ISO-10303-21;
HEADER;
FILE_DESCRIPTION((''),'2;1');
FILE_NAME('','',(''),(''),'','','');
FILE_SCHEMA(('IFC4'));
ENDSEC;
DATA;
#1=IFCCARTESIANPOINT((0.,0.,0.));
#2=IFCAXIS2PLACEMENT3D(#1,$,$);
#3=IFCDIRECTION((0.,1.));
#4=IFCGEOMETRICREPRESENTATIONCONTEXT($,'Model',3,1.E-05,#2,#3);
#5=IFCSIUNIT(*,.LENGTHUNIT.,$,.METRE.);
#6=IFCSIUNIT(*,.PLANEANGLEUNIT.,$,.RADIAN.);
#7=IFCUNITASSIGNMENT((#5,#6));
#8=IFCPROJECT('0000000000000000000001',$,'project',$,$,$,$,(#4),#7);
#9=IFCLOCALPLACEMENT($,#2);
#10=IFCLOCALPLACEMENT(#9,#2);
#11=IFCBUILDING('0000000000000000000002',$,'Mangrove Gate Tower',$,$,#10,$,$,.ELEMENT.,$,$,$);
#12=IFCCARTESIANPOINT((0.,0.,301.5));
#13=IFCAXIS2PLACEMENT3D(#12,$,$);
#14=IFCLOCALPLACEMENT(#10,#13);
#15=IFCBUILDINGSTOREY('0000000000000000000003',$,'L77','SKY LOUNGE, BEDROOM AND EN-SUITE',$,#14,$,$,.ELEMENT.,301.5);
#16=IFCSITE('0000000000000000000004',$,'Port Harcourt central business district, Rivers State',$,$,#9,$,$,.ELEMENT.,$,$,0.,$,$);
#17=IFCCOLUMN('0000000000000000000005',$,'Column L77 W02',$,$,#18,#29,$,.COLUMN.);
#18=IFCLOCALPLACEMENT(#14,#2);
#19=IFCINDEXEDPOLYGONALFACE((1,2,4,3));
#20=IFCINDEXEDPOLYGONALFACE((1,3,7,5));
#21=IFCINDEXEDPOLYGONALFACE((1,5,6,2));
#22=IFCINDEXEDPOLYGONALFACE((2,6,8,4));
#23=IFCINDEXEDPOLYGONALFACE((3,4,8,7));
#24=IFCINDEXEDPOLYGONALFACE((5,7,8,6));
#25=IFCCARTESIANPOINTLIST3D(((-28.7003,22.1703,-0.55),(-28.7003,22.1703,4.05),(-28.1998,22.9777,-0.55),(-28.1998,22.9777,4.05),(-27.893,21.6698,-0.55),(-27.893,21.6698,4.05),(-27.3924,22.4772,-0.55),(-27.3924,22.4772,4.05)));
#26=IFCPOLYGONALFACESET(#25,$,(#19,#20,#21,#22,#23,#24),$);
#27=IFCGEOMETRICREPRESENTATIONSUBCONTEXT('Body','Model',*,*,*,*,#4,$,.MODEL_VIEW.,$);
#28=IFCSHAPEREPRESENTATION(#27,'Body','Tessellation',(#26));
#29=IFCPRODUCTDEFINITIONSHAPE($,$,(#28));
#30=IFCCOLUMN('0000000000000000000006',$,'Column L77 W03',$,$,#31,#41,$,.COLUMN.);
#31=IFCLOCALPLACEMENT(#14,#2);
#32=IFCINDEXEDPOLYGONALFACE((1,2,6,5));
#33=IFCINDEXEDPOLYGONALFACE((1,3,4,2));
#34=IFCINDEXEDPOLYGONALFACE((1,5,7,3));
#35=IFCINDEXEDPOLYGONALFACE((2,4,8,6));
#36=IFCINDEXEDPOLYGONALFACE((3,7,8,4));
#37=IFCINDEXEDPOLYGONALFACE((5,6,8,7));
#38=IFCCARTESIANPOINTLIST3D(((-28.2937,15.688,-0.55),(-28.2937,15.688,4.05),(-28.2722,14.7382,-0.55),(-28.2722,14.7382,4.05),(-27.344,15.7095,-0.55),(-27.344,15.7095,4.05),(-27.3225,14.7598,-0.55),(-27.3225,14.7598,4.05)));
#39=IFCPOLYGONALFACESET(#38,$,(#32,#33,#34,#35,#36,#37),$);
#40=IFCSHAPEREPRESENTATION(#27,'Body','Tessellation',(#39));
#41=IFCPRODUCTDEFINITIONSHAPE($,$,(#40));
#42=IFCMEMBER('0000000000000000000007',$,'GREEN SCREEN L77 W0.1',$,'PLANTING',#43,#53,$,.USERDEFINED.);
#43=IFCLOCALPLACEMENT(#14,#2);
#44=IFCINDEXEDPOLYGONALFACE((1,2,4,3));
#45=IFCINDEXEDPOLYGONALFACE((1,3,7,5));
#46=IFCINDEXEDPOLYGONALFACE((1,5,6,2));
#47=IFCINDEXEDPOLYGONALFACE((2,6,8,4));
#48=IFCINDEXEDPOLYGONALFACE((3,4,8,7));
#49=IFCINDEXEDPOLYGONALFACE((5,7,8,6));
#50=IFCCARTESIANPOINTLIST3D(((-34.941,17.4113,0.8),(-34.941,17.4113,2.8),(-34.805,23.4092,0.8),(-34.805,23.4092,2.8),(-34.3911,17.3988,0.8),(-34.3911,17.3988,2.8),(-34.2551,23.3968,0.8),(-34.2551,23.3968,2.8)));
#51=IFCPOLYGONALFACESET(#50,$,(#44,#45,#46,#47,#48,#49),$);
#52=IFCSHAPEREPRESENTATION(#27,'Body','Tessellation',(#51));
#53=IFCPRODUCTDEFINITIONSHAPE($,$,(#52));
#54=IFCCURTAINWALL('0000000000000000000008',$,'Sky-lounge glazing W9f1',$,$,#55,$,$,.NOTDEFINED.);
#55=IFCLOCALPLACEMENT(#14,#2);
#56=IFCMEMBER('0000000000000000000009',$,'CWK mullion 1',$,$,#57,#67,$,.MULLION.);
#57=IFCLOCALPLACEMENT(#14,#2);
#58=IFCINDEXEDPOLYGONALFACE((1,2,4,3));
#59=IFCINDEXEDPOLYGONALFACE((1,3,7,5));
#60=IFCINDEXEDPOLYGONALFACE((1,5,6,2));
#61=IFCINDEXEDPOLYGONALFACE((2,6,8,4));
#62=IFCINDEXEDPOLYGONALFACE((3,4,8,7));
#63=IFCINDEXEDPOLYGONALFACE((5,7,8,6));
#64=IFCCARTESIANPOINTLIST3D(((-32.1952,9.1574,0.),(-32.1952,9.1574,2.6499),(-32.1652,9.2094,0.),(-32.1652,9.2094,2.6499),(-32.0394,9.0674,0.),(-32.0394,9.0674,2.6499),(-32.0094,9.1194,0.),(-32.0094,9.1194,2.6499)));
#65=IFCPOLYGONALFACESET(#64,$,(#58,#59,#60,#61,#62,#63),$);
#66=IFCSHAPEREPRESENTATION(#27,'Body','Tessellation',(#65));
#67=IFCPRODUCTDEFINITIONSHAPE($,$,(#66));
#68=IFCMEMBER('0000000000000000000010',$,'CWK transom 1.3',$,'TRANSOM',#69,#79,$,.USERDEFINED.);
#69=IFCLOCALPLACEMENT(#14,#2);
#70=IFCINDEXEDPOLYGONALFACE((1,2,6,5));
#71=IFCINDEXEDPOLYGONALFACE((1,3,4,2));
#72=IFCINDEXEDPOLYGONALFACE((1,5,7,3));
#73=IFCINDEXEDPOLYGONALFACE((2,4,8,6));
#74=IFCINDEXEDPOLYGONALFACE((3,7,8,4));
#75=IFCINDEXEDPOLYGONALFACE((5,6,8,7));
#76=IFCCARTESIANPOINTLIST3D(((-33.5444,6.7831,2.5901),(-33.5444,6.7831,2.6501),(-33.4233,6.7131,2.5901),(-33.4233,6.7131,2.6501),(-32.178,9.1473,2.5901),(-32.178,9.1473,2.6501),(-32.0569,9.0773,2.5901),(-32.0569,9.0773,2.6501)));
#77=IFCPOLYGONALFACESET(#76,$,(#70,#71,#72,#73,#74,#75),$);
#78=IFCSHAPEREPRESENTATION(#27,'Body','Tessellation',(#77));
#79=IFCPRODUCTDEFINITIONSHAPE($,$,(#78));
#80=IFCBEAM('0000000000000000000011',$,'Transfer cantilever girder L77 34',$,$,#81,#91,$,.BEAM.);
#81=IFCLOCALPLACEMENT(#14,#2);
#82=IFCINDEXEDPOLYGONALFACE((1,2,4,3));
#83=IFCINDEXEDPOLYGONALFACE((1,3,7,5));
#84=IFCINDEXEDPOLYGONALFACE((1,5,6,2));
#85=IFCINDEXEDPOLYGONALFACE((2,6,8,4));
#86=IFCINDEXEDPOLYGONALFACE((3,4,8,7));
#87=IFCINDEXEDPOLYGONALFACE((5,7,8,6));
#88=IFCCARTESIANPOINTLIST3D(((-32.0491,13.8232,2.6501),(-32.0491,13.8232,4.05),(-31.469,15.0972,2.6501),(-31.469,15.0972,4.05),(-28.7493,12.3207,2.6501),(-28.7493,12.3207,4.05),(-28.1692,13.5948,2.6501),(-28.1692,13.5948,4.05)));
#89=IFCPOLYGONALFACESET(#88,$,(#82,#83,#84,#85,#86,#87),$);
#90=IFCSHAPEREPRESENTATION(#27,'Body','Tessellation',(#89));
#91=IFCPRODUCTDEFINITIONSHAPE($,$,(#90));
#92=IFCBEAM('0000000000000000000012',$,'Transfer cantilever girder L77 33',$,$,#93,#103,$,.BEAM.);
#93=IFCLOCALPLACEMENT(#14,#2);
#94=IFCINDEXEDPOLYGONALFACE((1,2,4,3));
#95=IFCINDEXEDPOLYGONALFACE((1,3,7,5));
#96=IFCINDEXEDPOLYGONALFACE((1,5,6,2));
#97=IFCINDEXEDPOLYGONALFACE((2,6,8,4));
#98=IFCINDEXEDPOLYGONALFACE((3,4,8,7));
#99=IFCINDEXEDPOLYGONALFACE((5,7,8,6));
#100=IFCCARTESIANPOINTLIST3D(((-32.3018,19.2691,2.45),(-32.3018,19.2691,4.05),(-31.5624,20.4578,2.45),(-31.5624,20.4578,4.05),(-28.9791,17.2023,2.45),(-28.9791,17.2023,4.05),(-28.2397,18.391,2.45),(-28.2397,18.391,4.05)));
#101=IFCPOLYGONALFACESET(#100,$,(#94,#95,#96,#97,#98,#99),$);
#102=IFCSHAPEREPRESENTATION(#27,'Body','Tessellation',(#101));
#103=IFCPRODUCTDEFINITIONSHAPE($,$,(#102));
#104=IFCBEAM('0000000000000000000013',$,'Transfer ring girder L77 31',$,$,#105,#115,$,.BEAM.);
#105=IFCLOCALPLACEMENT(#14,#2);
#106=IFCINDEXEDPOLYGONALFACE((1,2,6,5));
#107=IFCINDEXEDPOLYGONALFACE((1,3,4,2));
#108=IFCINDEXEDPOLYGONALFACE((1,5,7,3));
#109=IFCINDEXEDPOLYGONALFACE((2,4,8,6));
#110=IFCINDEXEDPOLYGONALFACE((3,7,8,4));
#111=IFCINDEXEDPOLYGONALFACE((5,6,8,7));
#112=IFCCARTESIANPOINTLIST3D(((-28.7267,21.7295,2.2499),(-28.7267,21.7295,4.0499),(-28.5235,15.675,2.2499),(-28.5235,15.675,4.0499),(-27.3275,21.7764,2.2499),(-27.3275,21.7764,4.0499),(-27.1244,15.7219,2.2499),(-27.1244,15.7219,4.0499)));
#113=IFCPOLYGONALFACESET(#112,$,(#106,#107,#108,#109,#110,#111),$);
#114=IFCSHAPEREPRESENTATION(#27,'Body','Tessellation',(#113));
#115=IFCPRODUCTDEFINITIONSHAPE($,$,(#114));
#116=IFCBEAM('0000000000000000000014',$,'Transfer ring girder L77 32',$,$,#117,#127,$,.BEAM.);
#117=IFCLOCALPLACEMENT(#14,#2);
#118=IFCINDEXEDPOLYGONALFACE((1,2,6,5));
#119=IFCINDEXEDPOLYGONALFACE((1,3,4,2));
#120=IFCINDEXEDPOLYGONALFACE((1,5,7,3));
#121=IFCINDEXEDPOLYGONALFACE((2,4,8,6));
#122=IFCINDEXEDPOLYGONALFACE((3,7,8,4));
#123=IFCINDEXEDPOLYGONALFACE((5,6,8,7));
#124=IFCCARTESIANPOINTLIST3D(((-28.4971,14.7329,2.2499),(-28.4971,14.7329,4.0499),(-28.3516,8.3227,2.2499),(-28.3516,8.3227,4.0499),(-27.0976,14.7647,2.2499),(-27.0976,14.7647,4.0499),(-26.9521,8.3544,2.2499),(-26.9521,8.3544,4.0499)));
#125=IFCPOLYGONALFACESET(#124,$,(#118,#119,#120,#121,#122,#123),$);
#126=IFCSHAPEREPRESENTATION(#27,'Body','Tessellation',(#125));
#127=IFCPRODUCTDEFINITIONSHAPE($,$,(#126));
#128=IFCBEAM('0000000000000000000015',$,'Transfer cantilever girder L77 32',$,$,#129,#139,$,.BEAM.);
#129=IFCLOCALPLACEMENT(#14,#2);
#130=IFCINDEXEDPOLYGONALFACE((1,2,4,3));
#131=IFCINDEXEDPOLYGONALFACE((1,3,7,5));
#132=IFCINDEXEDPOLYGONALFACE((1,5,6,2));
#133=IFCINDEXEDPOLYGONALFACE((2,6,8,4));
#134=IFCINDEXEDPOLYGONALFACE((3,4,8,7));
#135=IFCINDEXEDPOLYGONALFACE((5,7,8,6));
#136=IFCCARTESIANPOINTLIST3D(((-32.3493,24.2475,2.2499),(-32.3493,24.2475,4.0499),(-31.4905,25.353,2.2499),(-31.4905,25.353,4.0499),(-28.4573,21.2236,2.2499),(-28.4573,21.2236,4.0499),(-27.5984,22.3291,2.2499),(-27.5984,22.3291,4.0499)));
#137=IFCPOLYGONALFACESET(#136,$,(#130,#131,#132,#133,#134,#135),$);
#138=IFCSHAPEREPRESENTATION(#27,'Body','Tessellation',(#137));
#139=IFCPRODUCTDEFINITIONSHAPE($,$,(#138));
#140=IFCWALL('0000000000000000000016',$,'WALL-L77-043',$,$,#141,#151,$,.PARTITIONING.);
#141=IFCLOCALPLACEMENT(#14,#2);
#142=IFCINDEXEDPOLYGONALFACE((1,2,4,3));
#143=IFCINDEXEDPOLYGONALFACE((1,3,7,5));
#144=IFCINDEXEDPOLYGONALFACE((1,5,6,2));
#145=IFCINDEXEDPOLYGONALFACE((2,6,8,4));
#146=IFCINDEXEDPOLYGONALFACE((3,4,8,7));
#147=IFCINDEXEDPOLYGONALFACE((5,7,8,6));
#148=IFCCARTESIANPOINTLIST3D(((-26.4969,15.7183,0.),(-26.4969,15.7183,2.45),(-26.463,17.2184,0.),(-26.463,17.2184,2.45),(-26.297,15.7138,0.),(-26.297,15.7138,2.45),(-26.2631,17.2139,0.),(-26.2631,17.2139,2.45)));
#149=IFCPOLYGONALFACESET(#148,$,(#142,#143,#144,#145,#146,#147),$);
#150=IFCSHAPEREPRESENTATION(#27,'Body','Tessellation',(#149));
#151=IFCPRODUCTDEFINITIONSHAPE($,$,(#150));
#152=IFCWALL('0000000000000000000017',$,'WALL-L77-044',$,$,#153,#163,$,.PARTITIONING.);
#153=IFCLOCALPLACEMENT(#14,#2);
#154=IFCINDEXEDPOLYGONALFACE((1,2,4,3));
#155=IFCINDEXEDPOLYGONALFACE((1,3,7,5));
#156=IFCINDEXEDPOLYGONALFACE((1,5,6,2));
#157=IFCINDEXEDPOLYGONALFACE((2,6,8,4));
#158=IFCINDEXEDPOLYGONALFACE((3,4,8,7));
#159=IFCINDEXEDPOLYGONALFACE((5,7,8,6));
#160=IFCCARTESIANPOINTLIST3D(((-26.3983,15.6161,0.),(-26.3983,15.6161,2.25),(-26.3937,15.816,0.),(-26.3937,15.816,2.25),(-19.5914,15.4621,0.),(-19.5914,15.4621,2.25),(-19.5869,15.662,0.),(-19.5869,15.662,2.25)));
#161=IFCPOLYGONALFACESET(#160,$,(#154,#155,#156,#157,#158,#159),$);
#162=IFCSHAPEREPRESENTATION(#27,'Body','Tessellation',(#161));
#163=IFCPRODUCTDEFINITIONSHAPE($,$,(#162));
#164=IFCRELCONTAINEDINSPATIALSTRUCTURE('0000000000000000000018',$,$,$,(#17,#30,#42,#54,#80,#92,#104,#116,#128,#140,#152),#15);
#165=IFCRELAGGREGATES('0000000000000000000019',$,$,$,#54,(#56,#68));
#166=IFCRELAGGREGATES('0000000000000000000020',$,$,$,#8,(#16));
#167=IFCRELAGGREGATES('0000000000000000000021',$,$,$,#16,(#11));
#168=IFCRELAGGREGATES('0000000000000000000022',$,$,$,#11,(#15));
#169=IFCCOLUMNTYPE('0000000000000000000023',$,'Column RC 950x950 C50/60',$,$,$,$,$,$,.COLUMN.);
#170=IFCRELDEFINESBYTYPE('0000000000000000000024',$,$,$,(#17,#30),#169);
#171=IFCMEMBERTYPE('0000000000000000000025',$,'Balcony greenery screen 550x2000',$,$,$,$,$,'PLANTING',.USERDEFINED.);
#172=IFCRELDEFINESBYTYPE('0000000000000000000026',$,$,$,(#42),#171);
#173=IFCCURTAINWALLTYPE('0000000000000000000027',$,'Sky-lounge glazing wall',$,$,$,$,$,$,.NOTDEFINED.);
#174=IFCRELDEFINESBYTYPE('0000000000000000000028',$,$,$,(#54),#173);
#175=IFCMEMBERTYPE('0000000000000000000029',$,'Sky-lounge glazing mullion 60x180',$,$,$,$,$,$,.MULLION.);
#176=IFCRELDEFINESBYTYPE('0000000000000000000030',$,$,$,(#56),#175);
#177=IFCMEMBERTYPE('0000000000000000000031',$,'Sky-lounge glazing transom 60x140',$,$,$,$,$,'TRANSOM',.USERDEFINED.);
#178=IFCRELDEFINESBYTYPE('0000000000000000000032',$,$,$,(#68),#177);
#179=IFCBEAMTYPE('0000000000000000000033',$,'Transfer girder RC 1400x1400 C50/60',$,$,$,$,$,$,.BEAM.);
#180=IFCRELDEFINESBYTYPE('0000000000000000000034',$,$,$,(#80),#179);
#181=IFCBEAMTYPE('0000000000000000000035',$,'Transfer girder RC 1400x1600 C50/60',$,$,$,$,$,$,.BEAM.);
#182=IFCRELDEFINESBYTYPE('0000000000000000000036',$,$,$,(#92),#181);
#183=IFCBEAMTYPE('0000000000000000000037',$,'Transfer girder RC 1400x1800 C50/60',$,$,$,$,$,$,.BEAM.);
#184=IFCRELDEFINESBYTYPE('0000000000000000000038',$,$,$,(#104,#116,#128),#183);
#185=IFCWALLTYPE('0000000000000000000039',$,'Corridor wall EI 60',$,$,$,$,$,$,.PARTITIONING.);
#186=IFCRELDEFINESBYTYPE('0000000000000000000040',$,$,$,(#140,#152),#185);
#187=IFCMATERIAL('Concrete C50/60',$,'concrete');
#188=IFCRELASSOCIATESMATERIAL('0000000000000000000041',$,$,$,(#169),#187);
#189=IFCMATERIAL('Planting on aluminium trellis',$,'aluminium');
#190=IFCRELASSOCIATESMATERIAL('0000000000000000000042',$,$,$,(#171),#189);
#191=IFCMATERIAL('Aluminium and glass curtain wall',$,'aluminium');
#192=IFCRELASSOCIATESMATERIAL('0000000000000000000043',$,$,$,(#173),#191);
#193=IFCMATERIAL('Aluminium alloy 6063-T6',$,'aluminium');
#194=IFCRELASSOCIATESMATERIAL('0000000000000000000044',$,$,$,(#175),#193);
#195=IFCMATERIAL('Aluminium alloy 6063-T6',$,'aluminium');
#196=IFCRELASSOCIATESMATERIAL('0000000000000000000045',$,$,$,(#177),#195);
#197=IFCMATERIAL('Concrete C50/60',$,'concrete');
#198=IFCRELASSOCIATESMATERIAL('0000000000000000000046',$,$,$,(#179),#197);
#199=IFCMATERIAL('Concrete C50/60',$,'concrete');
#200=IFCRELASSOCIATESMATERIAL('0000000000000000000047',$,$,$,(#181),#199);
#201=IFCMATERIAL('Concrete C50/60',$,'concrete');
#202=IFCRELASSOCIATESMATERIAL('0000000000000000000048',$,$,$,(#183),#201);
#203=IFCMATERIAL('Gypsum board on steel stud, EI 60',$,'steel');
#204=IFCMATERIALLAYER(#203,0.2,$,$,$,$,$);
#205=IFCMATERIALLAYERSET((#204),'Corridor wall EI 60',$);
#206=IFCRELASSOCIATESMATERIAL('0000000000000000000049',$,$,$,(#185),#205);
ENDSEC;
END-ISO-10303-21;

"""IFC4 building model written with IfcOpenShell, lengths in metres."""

from ifc_helpers import new_model, si_unit, direction, frame, frame_2d, origin, origin_2d, place, context, subcontext, project, spatial, rectangle, extrude, material, layer, layer_set, material_profile, profile_set, type_object, element, aggregate, save


model = new_model("IFC4")

# Units and contexts
model_context = context("Model", 3, precision=1e-05, world=origin(), true_north=direction((0.0, 1.0)))
body_context = subcontext(model_context, "Body", "Model", "MODEL_VIEW")
ifc_project = project(units=[si_unit("LENGTHUNIT", "METRE"), si_unit("PLANEANGLEUNIT", "RADIAN")], contexts=[model_context])

# Site, building, storey
site_placement = place(None, origin())
site = spatial("IfcSite", under=ifc_project, at=site_placement, Name="Port Harcourt central business district, Rivers State", CompositionType="ELEMENT", RefElevation=0.0)
building_placement = place(site_placement, origin())
building = spatial("IfcBuilding", under=site, at=building_placement, Name="Mangrove Gate Tower", CompositionType="ELEMENT")
storey_placement = place(building_placement, frame((0.0, 0.0, 301.5)))
storey = spatial("IfcBuildingStorey", under=building, at=storey_placement, Name="L77", Description="SKY LOUNGE, BEDROOM AND EN-SUITE", CompositionType="ELEMENT", Elevation=301.5)

# Columns
ifc_material_1 = material(Name="Concrete C50/60", Category="concrete")
ifc_material_profile_1 = material_profile(ifc_material_1, rectangle(XDim=0.95, YDim=0.95, at=origin_2d()))
ifc_profile_set_1 = profile_set([ifc_material_profile_1], Name="Concrete C50/60")
column_type = type_object("IfcColumnType", Name="Column RC 950x950 C50/60", PredefinedType="COLUMN", material=ifc_profile_set_1)
for number, where, z_axis, x_axis, name in (
    (1, (-28.0464, 22.3237, -0.55), (0.0, 0.0, 1.0), (-0.526907, -0.849923, 0.0), "Column L77 W02"),
    (2, (-27.8081, 15.2239, -0.55), (0.0, 0.0, 1.0), (0.022683, -0.999743, 0.0), "Column L77 W03"),
):
    element("IfcColumn", number, at=place(storey_placement, frame(where, z_axis=z_axis, x_axis=x_axis)), inside=storey, type_object=column_type, Name=name, PredefinedType="COLUMN", context=body_context, shape_type="SweptSolid", body=[
        extrude(rectangle(XDim=0.95, YDim=0.95, at=origin_2d()), origin(), (0.0, 0.0, 1.0), 4.6001),
    ])

# Member
ifc_material_2 = material(Name="Planting on aluminium trellis", Category="aluminium")
ifc_material_profile_2 = material_profile(ifc_material_2, rectangle(XDim=0.55, YDim=2.0, at=origin_2d()))
ifc_profile_set_2 = profile_set([ifc_material_profile_2], Name="Planting on aluminium trellis")
member_type_1 = type_object("IfcMemberType", Name="Balcony greenery screen 550x2000", ElementType="PLANTING", PredefinedType="USERDEFINED", material=ifc_profile_set_2)
member_1_placement = place(storey_placement, frame((-34.666, 17.405, 1.8), z_axis=(0.022666, 0.999743, 0.0), x_axis=(-0.999743, 0.022666, 0.0)))
element("IfcMember", 3, at=member_1_placement, inside=storey, type_object=member_type_1, Name="GREEN SCREEN L77 W0.1", ObjectType="PLANTING", PredefinedType="USERDEFINED", context=body_context, shape_type="SweptSolid", body=[
    extrude(rectangle(XDim=0.55, YDim=2.0, at=origin_2d()), origin(), (0.0, 0.0, 1.0), 5.9995),
])

# Curtain wall, members
ifc_material_3 = material(Name="Aluminium and glass curtain wall", Category="aluminium")
curtain_wall_type = type_object("IfcCurtainWallType", Name="Sky-lounge glazing wall", PredefinedType="NOTDEFINED", material=ifc_material_3)
curtain_wall_placement = place(storey_placement, origin())
curtain_wall = element("IfcCurtainWall", 4, at=curtain_wall_placement, inside=storey, type_object=curtain_wall_type, Name="Sky-lounge glazing W9f1", PredefinedType="NOTDEFINED")
ifc_material_4 = material(Name="Aluminium alloy 6063-T6", Category="aluminium")
ifc_material_profile_3 = material_profile(ifc_material_4, rectangle(XDim=0.0601, YDim=0.1799, at=origin_2d()))
ifc_profile_set_3 = profile_set([ifc_material_profile_3], Name="Aluminium alloy 6063-T6")
member_type_2 = type_object("IfcMemberType", Name="Sky-lounge glazing mullion 60x180", PredefinedType="MULLION", material=ifc_profile_set_3)
member_2_placement = place(storey_placement, frame((-32.1023, 9.1384, 0.0), z_axis=(0.0, 0.0, 1.0), x_axis=(-0.500418, -0.865784, 0.0)))
member_2 = element("IfcMember", 5, at=member_2_placement, type_object=member_type_2, Name="CWK mullion 1", PredefinedType="MULLION", context=body_context, shape_type="SweptSolid", body=[
    extrude(rectangle(XDim=0.0601, YDim=0.1799, at=origin_2d()), origin(), (0.0, 0.0, 1.0), 2.6499),
])
ifc_material_5 = material(Name="Aluminium alloy 6063-T6", Category="aluminium")
ifc_material_profile_4 = material_profile(ifc_material_5, rectangle(XDim=0.0601, YDim=0.1399, at=origin_2d()))
ifc_profile_set_4 = profile_set([ifc_material_profile_4], Name="Aluminium alloy 6063-T6")
member_type_3 = type_object("IfcMemberType", Name="Sky-lounge glazing transom 60x140", ElementType="TRANSOM", PredefinedType="USERDEFINED", material=ifc_profile_set_4)
member_3_placement = place(storey_placement, frame((-32.1174, 9.1123, 2.6201), z_axis=(-0.500398, -0.865795, 0.0), x_axis=(0.0, 0.0, 1.0)))
member_3 = element("IfcMember", 6, at=member_3_placement, type_object=member_type_3, Name="CWK transom 1.3", ObjectType="TRANSOM", PredefinedType="USERDEFINED", context=body_context, shape_type="SweptSolid", body=[
    extrude(rectangle(XDim=0.0601, YDim=0.1399, at=origin_2d()), origin(), (0.0, 0.0, 1.0), 2.7307),
])
aggregate(curtain_wall, [member_2, member_3])

# Beams
ifc_material_6 = material(Name="Concrete C50/60", Category="concrete")
ifc_material_profile_5 = material_profile(ifc_material_6, rectangle(XDim=1.3999, YDim=1.3999, at=origin_2d()))
ifc_profile_set_5 = profile_set([ifc_material_profile_5], Name="Concrete C50/60")
beam_type_1 = type_object("IfcBeamType", Name="Transfer girder RC 1400x1400 C50/60", PredefinedType="BEAM", material=ifc_profile_set_5)
beam_1_placement = place(storey_placement, frame((-28.4592, 12.9578, 3.3501), z_axis=(-0.910103, 0.414381, 0.0), x_axis=(-0.414381, -0.910103, 0.0)))
element("IfcBeam", 7, at=beam_1_placement, inside=storey, type_object=beam_type_1, Name="Transfer cantilever girder L77 34", PredefinedType="BEAM", context=body_context, shape_type="SweptSolid", body=[
    extrude(rectangle(XDim=1.3999, YDim=1.3999, at=origin_2d()), origin(), (0.0, 0.0, 1.0), 3.6257),
])
ifc_material_7 = material(Name="Concrete C50/60", Category="concrete")
ifc_material_profile_6 = material_profile(ifc_material_7, rectangle(XDim=1.3999, YDim=1.6001, at=origin_2d()))
ifc_profile_set_6 = profile_set([ifc_material_profile_6], Name="Concrete C50/60")
beam_type_2 = type_object("IfcBeamType", Name="Transfer girder RC 1400x1600 C50/60", PredefinedType="BEAM", material=ifc_profile_set_6)
beam_2_placement = place(storey_placement, frame((-28.6094, 17.7966, 3.25), z_axis=(-0.849125, 0.528192, 0.0), x_axis=(-0.528192, -0.849125, 0.0)))
element("IfcBeam", 8, at=beam_2_placement, inside=storey, type_object=beam_type_2, Name="Transfer cantilever girder L77 33", PredefinedType="BEAM", context=body_context, shape_type="SweptSolid", body=[
    extrude(rectangle(XDim=1.3999, YDim=1.6001, at=origin_2d()), origin(), (0.0, 0.0, 1.0), 3.9131),
])
ifc_material_8 = material(Name="Concrete C50/60", Category="concrete")
ifc_material_profile_7 = material_profile(ifc_material_8, rectangle(XDim=1.3999, YDim=1.8, at=origin_2d()))
ifc_profile_set_7 = profile_set([ifc_material_profile_7], Name="Concrete C50/60")
beam_type_3 = type_object("IfcBeamType", Name="Transfer girder RC 1400x1800 C50/60", PredefinedType="BEAM", material=ifc_profile_set_7)
beam_3_placement = place(storey_placement, frame((-28.0271, 21.7529, 3.1499), z_axis=(0.033531, -0.999438, 0.0), x_axis=(0.999438, 0.033531, 0.0)))
element("IfcBeam", 9, at=beam_3_placement, inside=storey, type_object=beam_type_3, Name="Transfer ring girder L77 31", PredefinedType="BEAM", context=body_context, shape_type="SweptSolid", body=[
    extrude(rectangle(XDim=1.3999, YDim=1.8, at=origin_2d()), origin(), (0.0, 0.0, 1.0), 6.0579),
])
beam_4_placement = place(storey_placement, frame((-27.7974, 14.7488, 3.1499), z_axis=(0.022694, -0.999742, 0.0), x_axis=(0.999742, 0.022694, 0.0)))
element("IfcBeam", 10, at=beam_4_placement, inside=storey, type_object=beam_type_3, Name="Transfer ring girder L77 32", PredefinedType="BEAM", context=body_context, shape_type="SweptSolid", body=[
    extrude(rectangle(XDim=1.3999, YDim=1.8, at=origin_2d()), origin(), (0.0, 0.0, 1.0), 6.4119),
])
beam_5_placement = place(storey_placement, frame((-28.0278, 21.7764, 3.1499), z_axis=(-0.789672, 0.613529, 0.0), x_axis=(-0.613529, -0.789672, 0.0)))
element("IfcBeam", 11, at=beam_5_placement, inside=storey, type_object=beam_type_3, Name="Transfer cantilever girder L77 32", PredefinedType="BEAM", context=body_context, shape_type="SweptSolid", body=[
    extrude(rectangle(XDim=1.3999, YDim=1.8, at=origin_2d()), origin(), (0.0, 0.0, 1.0), 4.9287),
])

# Walls
ifc_material_9 = material(Name="Gypsum board on steel stud, EI 60", Category="steel")
ifc_layer_1 = layer(ifc_material_9, 0.2)
ifc_layer_set_1 = layer_set([ifc_layer_1], Name="Corridor wall EI 60")
wall_type_1 = type_object("IfcWallType", Name="Corridor wall EI 60", PredefinedType="PARTITIONING", material=ifc_layer_set_1)
wall_1_placement = place(storey_placement, frame((-26.397, 15.7161, 0.0), z_axis=(0.0, 0.0, 1.0), x_axis=(0.022618, 0.999744, 0.0)))
element("IfcWall", 12, at=wall_1_placement, inside=storey, type_object=wall_type_1, Name="WALL-L77-043", PredefinedType="PARTITIONING", context=body_context, shape_type="SweptSolid", body=[
    extrude(rectangle(XDim=1.5005, YDim=0.2, at=frame_2d((0.7502, 0.0))), origin(), (0.0, 0.0, 1.0), 2.45),
])
wall_2_placement = place(storey_placement, frame((-26.396, 15.7161, 0.0), z_axis=(0.0, 0.0, 1.0), x_axis=(0.999744, -0.022626, 0.0)))
element("IfcWall", 13, at=wall_2_placement, inside=storey, type_object=wall_type_1, Name="WALL-L77-044", PredefinedType="PARTITIONING", context=body_context, shape_type="SweptSolid", body=[
    extrude(rectangle(XDim=6.8086, YDim=0.2, at=frame_2d((3.4043, 0.0))), origin(), (0.0, 0.0, 1.0), 2.25),
])

save(model, "model.ifc")
